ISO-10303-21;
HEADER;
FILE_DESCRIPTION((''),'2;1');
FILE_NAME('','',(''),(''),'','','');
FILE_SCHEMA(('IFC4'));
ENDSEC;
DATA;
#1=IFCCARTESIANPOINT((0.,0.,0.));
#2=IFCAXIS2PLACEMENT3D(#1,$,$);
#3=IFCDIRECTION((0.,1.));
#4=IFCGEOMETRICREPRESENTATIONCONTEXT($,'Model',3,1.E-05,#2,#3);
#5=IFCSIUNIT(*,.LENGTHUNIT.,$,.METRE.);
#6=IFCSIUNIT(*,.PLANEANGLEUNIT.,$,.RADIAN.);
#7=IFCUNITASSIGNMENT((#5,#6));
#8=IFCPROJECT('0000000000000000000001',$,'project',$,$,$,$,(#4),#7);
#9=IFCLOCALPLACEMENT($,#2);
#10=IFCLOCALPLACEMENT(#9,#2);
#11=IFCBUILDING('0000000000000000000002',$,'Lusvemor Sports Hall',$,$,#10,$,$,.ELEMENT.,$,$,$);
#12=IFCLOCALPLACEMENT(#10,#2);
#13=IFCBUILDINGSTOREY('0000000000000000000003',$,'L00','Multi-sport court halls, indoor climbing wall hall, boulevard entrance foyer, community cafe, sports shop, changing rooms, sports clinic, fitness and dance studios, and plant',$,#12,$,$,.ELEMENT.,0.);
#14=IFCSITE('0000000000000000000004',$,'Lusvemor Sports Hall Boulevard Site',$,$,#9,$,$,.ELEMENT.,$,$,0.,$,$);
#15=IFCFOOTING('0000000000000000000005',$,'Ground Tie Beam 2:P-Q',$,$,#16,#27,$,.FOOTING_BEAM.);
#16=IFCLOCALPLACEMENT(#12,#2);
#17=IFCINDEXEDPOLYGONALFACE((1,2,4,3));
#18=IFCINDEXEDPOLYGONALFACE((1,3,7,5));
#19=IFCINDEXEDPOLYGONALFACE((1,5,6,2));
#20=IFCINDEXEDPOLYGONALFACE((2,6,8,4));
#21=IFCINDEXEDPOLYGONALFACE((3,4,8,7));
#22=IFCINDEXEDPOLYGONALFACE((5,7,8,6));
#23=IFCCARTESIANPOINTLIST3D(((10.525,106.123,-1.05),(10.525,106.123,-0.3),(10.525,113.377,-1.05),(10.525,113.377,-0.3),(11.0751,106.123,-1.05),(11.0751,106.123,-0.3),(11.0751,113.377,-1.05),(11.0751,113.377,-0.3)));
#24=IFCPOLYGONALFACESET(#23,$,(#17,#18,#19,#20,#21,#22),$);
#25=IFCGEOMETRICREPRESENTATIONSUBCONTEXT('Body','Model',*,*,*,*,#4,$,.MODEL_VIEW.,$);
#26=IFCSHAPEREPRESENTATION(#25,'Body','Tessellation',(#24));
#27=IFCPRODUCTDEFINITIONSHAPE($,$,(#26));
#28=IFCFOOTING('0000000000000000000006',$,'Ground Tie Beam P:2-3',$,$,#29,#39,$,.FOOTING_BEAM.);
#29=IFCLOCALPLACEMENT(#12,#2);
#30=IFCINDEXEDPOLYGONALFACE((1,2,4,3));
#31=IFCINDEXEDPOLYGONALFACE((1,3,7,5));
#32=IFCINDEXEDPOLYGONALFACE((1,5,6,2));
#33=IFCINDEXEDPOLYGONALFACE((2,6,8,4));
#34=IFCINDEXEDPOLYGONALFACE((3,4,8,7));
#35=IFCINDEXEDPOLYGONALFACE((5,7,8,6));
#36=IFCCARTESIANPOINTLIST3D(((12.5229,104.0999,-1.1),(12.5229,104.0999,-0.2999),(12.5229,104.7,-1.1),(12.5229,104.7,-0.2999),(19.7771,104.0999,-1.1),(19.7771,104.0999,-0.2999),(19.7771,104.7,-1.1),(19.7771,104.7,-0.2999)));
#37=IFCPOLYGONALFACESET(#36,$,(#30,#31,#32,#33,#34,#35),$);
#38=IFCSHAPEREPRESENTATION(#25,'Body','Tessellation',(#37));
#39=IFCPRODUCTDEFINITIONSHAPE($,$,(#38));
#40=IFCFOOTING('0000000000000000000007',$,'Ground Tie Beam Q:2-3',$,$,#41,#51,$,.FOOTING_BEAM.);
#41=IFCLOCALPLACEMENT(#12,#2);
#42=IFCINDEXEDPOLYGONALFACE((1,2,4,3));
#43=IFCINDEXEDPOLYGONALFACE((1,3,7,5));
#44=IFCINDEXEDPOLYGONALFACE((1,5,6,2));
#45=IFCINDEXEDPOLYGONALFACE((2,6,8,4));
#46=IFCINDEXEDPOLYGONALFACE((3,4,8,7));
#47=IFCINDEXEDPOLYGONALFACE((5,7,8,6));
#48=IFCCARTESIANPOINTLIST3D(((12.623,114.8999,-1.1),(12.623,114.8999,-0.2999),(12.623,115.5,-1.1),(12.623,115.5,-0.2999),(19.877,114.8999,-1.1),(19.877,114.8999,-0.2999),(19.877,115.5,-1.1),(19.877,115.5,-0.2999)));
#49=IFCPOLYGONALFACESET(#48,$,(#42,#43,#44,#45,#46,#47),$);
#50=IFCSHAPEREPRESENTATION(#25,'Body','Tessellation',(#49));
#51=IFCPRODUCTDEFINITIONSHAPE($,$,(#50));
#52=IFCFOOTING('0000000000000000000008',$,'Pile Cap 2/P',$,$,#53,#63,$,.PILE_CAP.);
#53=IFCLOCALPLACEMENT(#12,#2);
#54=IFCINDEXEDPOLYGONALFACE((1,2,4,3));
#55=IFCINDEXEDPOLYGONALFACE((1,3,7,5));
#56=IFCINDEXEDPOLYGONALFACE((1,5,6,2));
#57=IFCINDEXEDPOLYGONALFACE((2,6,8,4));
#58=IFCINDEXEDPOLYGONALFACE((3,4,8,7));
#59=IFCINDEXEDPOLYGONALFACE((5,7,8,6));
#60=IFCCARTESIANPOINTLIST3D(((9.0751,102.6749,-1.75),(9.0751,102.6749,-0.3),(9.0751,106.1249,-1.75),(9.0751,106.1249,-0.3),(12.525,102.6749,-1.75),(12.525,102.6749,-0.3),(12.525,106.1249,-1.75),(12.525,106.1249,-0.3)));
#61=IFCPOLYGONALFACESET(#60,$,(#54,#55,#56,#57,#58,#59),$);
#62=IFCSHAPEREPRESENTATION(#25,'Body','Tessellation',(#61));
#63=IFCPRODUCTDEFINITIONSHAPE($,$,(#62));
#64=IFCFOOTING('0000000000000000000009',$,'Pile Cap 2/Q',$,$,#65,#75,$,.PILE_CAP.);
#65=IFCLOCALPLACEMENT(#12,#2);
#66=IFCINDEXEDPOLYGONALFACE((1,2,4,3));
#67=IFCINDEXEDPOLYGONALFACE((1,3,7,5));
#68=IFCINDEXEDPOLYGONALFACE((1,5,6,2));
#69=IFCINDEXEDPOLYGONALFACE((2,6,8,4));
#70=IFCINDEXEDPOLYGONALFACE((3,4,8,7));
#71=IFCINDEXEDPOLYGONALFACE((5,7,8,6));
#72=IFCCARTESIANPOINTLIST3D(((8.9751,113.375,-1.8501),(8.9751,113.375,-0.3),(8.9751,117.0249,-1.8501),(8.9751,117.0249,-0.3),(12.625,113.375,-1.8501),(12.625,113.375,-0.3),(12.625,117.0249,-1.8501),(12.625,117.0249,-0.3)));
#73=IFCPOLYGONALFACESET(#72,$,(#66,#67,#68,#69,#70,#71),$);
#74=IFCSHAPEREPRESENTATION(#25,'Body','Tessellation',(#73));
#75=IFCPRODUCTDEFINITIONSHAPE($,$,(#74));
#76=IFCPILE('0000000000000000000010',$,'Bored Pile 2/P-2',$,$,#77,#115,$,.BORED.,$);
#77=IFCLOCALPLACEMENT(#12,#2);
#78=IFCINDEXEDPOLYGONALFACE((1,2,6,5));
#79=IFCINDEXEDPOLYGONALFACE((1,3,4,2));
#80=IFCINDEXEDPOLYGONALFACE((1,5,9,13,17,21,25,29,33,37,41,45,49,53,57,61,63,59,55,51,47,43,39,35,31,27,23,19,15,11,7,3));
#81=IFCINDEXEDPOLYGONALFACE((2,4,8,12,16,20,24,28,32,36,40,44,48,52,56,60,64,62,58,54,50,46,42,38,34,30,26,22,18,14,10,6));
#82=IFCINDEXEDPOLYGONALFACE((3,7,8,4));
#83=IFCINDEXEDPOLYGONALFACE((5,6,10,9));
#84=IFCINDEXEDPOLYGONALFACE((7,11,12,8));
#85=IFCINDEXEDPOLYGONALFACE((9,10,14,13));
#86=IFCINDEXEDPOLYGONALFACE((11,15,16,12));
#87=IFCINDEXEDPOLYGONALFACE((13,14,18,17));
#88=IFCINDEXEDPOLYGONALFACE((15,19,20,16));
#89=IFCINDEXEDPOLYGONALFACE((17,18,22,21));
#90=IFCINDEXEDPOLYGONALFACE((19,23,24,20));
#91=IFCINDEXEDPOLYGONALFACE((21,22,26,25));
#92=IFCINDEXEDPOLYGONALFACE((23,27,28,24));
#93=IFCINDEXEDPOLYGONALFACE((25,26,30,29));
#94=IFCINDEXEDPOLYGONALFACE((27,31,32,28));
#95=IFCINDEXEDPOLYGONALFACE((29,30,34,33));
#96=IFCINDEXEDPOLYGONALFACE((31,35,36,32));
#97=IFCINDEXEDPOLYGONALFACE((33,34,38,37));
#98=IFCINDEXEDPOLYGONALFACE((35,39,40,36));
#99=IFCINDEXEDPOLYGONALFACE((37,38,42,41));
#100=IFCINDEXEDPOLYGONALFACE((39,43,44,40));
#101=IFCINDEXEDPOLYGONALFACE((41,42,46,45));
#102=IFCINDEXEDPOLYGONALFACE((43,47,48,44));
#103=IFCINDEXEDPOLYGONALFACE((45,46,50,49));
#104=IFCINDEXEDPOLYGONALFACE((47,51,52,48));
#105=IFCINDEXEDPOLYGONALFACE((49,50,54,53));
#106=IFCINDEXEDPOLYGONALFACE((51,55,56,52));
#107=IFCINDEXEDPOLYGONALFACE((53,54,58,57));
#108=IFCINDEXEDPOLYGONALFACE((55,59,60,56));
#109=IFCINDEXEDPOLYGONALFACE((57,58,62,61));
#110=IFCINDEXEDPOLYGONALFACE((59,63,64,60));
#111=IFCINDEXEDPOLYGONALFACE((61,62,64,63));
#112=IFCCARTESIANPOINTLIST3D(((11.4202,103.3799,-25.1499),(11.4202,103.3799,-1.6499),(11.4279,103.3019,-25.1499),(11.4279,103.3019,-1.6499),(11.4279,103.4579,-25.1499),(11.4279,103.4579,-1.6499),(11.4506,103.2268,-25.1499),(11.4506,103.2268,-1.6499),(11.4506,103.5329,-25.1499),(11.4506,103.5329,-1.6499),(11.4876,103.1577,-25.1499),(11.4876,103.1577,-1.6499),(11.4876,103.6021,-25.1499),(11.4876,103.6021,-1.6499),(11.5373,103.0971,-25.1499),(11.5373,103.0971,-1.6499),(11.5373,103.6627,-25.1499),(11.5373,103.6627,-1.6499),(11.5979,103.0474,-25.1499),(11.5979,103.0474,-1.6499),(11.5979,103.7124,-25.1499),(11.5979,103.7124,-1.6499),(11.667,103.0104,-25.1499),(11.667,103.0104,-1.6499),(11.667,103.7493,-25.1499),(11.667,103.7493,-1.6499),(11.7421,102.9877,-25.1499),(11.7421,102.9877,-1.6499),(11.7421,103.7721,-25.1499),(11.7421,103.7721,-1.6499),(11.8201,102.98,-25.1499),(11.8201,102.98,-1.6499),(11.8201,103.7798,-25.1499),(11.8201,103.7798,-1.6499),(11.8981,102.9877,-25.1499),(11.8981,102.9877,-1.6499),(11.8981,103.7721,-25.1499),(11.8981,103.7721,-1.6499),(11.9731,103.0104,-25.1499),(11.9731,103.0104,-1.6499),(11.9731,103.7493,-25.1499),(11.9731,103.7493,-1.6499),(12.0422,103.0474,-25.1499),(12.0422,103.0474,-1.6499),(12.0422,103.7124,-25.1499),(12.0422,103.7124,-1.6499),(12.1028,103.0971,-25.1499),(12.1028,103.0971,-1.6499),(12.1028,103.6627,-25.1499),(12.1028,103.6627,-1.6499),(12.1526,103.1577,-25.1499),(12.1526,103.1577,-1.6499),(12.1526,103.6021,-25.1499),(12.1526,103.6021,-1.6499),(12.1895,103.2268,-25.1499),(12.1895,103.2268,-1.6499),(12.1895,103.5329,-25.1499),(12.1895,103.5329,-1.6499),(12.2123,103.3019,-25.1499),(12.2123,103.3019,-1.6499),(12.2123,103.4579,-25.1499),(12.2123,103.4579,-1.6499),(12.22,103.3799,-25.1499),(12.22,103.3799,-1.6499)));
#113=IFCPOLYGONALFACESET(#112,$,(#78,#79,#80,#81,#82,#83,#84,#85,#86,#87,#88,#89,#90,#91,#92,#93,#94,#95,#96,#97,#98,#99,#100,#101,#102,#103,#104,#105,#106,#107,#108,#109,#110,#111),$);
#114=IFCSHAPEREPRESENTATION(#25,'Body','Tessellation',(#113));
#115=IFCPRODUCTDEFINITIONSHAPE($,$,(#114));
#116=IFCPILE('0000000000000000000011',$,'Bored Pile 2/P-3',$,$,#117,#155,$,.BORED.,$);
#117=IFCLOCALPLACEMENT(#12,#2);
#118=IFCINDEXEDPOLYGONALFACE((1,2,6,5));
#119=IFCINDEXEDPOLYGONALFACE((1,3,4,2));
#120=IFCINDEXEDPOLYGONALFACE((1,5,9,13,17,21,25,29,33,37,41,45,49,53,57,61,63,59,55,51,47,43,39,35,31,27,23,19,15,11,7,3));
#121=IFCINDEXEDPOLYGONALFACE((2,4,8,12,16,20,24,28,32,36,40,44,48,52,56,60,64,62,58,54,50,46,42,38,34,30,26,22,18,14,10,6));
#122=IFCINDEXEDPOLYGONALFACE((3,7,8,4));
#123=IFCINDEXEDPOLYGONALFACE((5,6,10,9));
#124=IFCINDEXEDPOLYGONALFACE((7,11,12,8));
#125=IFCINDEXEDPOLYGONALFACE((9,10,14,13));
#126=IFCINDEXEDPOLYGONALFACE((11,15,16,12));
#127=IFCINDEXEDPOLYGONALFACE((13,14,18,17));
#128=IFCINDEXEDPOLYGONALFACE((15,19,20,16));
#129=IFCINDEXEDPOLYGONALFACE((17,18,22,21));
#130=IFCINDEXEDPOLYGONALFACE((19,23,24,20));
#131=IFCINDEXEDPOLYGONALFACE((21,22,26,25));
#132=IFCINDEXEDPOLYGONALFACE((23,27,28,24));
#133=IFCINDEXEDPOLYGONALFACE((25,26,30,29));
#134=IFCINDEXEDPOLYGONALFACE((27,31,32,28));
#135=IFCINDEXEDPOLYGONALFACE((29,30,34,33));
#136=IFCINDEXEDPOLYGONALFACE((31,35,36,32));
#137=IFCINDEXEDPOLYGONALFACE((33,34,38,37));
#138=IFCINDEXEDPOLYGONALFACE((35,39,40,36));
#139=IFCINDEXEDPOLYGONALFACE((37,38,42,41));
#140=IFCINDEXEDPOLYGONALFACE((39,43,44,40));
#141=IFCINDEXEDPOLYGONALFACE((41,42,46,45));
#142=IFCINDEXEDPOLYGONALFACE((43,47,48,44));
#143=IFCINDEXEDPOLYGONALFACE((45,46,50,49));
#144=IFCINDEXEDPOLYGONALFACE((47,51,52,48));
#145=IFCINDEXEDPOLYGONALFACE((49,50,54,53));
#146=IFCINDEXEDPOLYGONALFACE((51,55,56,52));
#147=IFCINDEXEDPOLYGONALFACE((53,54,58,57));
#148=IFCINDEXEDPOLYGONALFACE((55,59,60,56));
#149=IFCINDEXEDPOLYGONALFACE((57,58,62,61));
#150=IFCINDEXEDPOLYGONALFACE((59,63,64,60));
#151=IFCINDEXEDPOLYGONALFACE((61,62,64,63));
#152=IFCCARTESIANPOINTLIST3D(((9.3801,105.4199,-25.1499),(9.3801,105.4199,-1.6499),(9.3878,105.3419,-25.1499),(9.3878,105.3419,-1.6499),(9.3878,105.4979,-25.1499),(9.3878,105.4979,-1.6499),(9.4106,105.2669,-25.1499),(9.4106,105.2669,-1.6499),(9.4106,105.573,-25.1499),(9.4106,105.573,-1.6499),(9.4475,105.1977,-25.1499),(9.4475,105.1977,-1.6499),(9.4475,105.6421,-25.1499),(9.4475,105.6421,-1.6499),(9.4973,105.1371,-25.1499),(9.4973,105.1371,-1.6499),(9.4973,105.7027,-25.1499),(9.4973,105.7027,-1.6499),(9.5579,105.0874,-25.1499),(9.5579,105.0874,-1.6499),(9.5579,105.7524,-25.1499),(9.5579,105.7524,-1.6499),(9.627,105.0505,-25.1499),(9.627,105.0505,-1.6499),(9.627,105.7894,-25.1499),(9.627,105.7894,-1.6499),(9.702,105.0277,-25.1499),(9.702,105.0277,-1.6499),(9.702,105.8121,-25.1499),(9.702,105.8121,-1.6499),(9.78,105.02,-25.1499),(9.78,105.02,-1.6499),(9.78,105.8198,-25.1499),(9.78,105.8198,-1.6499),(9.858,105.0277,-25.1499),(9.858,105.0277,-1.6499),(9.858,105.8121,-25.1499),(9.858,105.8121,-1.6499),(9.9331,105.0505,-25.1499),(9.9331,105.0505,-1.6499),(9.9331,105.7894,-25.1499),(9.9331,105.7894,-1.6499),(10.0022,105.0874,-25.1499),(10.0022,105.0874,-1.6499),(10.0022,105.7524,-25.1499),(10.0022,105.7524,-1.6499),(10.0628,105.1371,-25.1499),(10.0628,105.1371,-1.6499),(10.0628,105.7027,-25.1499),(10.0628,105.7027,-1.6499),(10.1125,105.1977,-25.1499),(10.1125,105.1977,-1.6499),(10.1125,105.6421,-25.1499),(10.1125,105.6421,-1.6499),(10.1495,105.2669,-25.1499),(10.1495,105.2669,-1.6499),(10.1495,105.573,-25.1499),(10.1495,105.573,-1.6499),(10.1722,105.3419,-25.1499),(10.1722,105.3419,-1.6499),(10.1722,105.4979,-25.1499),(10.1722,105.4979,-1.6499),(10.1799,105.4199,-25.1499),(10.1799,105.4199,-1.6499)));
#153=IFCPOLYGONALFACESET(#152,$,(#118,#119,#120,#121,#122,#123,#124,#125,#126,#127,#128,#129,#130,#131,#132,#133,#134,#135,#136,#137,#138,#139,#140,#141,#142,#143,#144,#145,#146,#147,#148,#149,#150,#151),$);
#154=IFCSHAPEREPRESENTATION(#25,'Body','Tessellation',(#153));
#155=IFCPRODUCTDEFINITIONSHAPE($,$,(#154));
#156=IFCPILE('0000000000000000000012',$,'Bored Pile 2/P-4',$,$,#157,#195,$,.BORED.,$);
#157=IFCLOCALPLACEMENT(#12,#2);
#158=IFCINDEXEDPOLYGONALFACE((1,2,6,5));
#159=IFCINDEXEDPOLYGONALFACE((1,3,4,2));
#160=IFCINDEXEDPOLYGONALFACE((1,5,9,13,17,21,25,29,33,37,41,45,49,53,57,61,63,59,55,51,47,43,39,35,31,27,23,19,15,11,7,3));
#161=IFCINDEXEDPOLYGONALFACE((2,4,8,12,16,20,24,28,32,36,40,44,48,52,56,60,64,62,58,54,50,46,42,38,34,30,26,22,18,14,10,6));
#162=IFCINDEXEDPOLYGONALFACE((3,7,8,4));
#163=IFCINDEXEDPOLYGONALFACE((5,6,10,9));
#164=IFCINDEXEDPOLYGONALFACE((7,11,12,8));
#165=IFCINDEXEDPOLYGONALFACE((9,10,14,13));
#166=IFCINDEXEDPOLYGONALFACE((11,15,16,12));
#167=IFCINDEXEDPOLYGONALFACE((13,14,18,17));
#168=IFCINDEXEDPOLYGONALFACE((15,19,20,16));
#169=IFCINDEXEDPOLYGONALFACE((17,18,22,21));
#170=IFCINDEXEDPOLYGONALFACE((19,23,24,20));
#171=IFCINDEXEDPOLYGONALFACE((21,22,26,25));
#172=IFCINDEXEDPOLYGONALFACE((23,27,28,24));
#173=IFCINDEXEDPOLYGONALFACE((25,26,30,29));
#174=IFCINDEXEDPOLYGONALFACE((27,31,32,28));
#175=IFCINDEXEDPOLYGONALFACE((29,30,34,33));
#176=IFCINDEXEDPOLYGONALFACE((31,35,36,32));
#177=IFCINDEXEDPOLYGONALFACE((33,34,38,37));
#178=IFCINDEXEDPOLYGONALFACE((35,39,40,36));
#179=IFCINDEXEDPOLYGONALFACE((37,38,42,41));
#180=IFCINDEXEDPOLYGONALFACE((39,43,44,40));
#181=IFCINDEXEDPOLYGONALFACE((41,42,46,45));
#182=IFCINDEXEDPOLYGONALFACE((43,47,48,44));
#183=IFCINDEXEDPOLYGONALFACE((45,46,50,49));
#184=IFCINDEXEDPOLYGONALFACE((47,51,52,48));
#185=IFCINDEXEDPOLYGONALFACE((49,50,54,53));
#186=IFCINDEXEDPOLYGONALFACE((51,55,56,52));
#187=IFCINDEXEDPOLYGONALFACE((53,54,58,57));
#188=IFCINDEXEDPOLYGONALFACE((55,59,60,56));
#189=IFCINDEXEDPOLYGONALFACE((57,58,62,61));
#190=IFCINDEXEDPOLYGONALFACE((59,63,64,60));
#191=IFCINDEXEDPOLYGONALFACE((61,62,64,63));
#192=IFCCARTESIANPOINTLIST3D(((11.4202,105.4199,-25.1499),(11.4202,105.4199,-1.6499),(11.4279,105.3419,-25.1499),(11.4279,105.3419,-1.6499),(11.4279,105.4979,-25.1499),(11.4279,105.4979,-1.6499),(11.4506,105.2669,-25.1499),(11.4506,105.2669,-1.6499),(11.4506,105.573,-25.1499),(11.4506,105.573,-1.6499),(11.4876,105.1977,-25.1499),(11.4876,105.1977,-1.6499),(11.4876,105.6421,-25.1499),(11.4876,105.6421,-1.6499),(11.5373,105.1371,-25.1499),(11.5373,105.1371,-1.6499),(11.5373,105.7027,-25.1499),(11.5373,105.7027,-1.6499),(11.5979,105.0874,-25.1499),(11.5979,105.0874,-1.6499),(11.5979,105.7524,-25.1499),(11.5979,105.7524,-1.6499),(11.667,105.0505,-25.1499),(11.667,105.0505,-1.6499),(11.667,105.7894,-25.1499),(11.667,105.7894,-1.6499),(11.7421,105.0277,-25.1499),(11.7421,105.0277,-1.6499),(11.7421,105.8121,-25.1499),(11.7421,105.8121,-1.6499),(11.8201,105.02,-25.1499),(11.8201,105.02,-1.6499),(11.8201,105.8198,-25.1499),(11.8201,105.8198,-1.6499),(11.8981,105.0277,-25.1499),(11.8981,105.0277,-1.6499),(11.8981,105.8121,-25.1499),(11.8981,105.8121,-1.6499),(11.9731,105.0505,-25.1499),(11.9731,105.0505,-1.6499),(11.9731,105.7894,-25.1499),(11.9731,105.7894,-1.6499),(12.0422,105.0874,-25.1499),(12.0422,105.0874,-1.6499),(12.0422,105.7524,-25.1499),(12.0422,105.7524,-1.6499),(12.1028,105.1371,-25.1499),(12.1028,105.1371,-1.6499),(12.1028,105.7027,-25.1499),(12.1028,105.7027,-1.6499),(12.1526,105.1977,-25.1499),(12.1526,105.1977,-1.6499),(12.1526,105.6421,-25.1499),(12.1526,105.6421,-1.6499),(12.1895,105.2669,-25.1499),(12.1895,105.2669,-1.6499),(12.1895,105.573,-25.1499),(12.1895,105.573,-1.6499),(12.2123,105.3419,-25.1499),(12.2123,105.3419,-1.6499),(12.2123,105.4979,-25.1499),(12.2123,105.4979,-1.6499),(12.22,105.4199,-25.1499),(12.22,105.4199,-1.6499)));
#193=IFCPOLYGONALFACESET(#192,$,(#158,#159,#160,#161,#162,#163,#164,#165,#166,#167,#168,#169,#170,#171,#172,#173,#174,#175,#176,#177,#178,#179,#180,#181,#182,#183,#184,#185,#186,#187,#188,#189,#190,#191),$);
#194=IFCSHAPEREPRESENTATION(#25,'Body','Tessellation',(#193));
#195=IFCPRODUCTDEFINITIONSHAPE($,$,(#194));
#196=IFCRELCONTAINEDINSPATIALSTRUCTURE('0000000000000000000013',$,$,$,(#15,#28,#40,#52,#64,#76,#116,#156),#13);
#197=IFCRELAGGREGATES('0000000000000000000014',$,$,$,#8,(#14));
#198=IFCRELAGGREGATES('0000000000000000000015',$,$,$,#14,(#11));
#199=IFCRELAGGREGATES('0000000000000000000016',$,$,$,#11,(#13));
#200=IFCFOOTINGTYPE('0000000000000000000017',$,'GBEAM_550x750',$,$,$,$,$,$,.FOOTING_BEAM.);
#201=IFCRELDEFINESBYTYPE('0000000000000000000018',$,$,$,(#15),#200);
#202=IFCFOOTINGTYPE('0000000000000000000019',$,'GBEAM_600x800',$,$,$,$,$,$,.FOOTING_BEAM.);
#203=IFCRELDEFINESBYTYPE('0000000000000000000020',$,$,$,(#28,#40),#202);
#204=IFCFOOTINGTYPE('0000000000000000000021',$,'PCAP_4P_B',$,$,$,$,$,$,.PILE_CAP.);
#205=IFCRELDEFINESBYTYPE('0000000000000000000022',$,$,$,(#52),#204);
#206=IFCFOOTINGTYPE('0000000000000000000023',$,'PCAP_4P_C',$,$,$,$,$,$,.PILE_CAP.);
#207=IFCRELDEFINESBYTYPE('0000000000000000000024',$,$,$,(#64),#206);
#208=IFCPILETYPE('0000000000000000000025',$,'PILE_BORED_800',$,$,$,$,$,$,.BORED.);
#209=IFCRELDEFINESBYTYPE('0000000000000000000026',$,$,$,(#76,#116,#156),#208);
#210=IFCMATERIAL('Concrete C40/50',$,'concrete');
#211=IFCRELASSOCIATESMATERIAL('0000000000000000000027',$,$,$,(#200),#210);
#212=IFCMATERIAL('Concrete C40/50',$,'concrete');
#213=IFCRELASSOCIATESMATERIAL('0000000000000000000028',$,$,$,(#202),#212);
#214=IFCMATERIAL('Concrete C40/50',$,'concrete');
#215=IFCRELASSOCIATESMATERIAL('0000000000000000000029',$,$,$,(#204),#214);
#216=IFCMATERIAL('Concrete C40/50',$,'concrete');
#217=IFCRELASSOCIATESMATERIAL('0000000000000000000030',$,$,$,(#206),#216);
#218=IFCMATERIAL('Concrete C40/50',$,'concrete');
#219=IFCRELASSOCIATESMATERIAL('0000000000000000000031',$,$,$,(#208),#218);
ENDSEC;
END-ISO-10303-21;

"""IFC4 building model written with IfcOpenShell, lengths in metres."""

from ifc_helpers import new_model, si_unit, direction, frame, origin, origin_2d, place, context, subcontext, project, spatial, rectangle, circle, extrude, material, material_profile, profile_set, type_object, element, save


model = new_model("IFC4")

# Units and contexts
model_context = context("Model", 3, precision=1e-05, world=origin(), true_north=direction((0.0, 1.0)))
body_context = subcontext(model_context, "Body", "Model", "MODEL_VIEW")
ifc_project = project(units=[si_unit("LENGTHUNIT", "METRE"), si_unit("PLANEANGLEUNIT", "RADIAN")], contexts=[model_context])

# Site, building, storey
site_placement = place(None, origin())
site = spatial("IfcSite", under=ifc_project, at=site_placement, Name="Lusvemor Sports Hall Boulevard Site", CompositionType="ELEMENT", RefElevation=0.0)
building_placement = place(site_placement, origin())
building = spatial("IfcBuilding", under=site, at=building_placement, Name="Lusvemor Sports Hall", CompositionType="ELEMENT")
storey_placement = place(building_placement, origin())
storey = spatial("IfcBuildingStorey", under=building, at=storey_placement, Name="L00", Description="Multi-sport court halls, indoor climbing wall hall, boulevard entrance foyer, community cafe, sports shop, changing rooms, sports clinic, fitness and dance studios, and plant", CompositionType="ELEMENT", Elevation=0.0)

# Footings
ifc_material_1 = material(Name="Concrete C40/50", Category="concrete")
ifc_material_profile_1 = material_profile(ifc_material_1, rectangle(XDim=0.55, YDim=0.75, at=origin_2d()), Name="GB_550x750")
ifc_profile_set_1 = profile_set([ifc_material_profile_1], Name="Concrete C40/50")
footing_type_1 = type_object("IfcFootingType", Name="GBEAM_550x750", PredefinedType="FOOTING_BEAM", material=ifc_profile_set_1)
footing_1_placement = place(storey_placement, frame((10.8, 106.123, -0.675), z_axis=(0.0, 1.0, 0.0), x_axis=(-1.0, 0.0, 0.0)))
element("IfcFooting", 1, at=footing_1_placement, inside=storey, type_object=footing_type_1, Name="Ground Tie Beam 2:P-Q", PredefinedType="FOOTING_BEAM", context=body_context, shape_type="SweptSolid", body=[
    extrude(rectangle(XDim=0.55, YDim=0.75, at=origin_2d()), origin(), (0.0, 0.0, 1.0), 7.2539),
])
ifc_material_2 = material(Name="Concrete C40/50", Category="concrete")
ifc_material_profile_2 = material_profile(ifc_material_2, rectangle(XDim=0.6001, YDim=0.8, at=origin_2d()), Name="GB_600x800")
ifc_profile_set_2 = profile_set([ifc_material_profile_2], Name="Concrete C40/50")
footing_type_2 = type_object("IfcFootingType", Name="GBEAM_600x800", PredefinedType="FOOTING_BEAM", material=ifc_profile_set_2)
footing_2_placement = place(storey_placement, frame((12.5229, 104.3999, -0.7), z_axis=(1.0, 0.0, 0.0), x_axis=(0.0, 1.0, 0.0)))
element("IfcFooting", 2, at=footing_2_placement, inside=storey, type_object=footing_type_2, Name="Ground Tie Beam P:2-3", PredefinedType="FOOTING_BEAM", context=body_context, shape_type="SweptSolid", body=[
    extrude(rectangle(XDim=0.6001, YDim=0.8, at=origin_2d()), origin(), (0.0, 0.0, 1.0), 7.2542),
])
footing_3_placement = place(storey_placement, frame((12.623, 115.2, -0.7), z_axis=(1.0, 0.0, 0.0), x_axis=(0.0, 1.0, 0.0)))
element("IfcFooting", 3, at=footing_3_placement, inside=storey, type_object=footing_type_2, Name="Ground Tie Beam Q:2-3", PredefinedType="FOOTING_BEAM", context=body_context, shape_type="SweptSolid", body=[
    extrude(rectangle(XDim=0.6001, YDim=0.8, at=origin_2d()), origin(), (0.0, 0.0, 1.0), 7.2539),
])
ifc_material_3 = material(Name="Concrete C40/50", Category="concrete")
footing_type_3 = type_object("IfcFootingType", Name="PCAP_4P_B", PredefinedType="PILE_CAP", material=ifc_material_3)
footing_4_placement = place(storey_placement, frame((10.8, 104.3999, -1.75), z_axis=(0.0, 0.0, 1.0), x_axis=(1.0, 0.0, 0.0)))
element("IfcFooting", 4, at=footing_4_placement, inside=storey, type_object=footing_type_3, Name="Pile Cap 2/P", PredefinedType="PILE_CAP", context=body_context, shape_type="SweptSolid", body=[
    extrude(rectangle(XDim=3.45, YDim=3.45, at=origin_2d()), origin(), (0.0, 0.0, 1.0), 1.45),
])
ifc_material_4 = material(Name="Concrete C40/50", Category="concrete")
footing_type_4 = type_object("IfcFootingType", Name="PCAP_4P_C", PredefinedType="PILE_CAP", material=ifc_material_4)
footing_5_placement = place(storey_placement, frame((10.8, 115.2, -1.8501), z_axis=(0.0, 0.0, 1.0), x_axis=(1.0, 0.0, 0.0)))
element("IfcFooting", 5, at=footing_5_placement, inside=storey, type_object=footing_type_4, Name="Pile Cap 2/Q", PredefinedType="PILE_CAP", context=body_context, shape_type="SweptSolid", body=[
    extrude(rectangle(XDim=3.6499, YDim=3.6499, at=origin_2d()), origin(), (0.0, 0.0, 1.0), 1.55),
])

# Piles
ifc_material_5 = material(Name="Concrete C40/50", Category="concrete")
ifc_material_profile_3 = material_profile(ifc_material_5, circle(Radius=0.3999, at=origin_2d()), Name="PILE800")
ifc_profile_set_3 = profile_set([ifc_material_profile_3], Name="Concrete C40/50")
pile_type = type_object("IfcPileType", Name="PILE_BORED_800", PredefinedType="BORED", material=ifc_profile_set_3)
for number, where, z_axis, x_axis, name in (
    (6, (11.8201, 103.3799, -1.6499), (0.0, 0.0, -1.0), (1.0, 0.0, 0.0), "Bored Pile 2/P-2"),
    (7, (9.78, 105.4199, -1.6499), (0.0, 0.0, -1.0), (1.0, 0.0, 0.0), "Bored Pile 2/P-3"),
    (8, (11.8201, 105.4199, -1.6499), (0.0, 0.0, -1.0), (1.0, 0.0, 0.0), "Bored Pile 2/P-4"),
):
    element("IfcPile", number, at=place(storey_placement, frame(where, z_axis=z_axis, x_axis=x_axis)), inside=storey, type_object=pile_type, Name=name, PredefinedType="BORED", context=body_context, shape_type="SweptSolid", body=[
        extrude(circle(Radius=0.3999, at=origin_2d()), origin(), (0.0, 0.0, 1.0), 23.5),
    ])

save(model, "model.ifc")
